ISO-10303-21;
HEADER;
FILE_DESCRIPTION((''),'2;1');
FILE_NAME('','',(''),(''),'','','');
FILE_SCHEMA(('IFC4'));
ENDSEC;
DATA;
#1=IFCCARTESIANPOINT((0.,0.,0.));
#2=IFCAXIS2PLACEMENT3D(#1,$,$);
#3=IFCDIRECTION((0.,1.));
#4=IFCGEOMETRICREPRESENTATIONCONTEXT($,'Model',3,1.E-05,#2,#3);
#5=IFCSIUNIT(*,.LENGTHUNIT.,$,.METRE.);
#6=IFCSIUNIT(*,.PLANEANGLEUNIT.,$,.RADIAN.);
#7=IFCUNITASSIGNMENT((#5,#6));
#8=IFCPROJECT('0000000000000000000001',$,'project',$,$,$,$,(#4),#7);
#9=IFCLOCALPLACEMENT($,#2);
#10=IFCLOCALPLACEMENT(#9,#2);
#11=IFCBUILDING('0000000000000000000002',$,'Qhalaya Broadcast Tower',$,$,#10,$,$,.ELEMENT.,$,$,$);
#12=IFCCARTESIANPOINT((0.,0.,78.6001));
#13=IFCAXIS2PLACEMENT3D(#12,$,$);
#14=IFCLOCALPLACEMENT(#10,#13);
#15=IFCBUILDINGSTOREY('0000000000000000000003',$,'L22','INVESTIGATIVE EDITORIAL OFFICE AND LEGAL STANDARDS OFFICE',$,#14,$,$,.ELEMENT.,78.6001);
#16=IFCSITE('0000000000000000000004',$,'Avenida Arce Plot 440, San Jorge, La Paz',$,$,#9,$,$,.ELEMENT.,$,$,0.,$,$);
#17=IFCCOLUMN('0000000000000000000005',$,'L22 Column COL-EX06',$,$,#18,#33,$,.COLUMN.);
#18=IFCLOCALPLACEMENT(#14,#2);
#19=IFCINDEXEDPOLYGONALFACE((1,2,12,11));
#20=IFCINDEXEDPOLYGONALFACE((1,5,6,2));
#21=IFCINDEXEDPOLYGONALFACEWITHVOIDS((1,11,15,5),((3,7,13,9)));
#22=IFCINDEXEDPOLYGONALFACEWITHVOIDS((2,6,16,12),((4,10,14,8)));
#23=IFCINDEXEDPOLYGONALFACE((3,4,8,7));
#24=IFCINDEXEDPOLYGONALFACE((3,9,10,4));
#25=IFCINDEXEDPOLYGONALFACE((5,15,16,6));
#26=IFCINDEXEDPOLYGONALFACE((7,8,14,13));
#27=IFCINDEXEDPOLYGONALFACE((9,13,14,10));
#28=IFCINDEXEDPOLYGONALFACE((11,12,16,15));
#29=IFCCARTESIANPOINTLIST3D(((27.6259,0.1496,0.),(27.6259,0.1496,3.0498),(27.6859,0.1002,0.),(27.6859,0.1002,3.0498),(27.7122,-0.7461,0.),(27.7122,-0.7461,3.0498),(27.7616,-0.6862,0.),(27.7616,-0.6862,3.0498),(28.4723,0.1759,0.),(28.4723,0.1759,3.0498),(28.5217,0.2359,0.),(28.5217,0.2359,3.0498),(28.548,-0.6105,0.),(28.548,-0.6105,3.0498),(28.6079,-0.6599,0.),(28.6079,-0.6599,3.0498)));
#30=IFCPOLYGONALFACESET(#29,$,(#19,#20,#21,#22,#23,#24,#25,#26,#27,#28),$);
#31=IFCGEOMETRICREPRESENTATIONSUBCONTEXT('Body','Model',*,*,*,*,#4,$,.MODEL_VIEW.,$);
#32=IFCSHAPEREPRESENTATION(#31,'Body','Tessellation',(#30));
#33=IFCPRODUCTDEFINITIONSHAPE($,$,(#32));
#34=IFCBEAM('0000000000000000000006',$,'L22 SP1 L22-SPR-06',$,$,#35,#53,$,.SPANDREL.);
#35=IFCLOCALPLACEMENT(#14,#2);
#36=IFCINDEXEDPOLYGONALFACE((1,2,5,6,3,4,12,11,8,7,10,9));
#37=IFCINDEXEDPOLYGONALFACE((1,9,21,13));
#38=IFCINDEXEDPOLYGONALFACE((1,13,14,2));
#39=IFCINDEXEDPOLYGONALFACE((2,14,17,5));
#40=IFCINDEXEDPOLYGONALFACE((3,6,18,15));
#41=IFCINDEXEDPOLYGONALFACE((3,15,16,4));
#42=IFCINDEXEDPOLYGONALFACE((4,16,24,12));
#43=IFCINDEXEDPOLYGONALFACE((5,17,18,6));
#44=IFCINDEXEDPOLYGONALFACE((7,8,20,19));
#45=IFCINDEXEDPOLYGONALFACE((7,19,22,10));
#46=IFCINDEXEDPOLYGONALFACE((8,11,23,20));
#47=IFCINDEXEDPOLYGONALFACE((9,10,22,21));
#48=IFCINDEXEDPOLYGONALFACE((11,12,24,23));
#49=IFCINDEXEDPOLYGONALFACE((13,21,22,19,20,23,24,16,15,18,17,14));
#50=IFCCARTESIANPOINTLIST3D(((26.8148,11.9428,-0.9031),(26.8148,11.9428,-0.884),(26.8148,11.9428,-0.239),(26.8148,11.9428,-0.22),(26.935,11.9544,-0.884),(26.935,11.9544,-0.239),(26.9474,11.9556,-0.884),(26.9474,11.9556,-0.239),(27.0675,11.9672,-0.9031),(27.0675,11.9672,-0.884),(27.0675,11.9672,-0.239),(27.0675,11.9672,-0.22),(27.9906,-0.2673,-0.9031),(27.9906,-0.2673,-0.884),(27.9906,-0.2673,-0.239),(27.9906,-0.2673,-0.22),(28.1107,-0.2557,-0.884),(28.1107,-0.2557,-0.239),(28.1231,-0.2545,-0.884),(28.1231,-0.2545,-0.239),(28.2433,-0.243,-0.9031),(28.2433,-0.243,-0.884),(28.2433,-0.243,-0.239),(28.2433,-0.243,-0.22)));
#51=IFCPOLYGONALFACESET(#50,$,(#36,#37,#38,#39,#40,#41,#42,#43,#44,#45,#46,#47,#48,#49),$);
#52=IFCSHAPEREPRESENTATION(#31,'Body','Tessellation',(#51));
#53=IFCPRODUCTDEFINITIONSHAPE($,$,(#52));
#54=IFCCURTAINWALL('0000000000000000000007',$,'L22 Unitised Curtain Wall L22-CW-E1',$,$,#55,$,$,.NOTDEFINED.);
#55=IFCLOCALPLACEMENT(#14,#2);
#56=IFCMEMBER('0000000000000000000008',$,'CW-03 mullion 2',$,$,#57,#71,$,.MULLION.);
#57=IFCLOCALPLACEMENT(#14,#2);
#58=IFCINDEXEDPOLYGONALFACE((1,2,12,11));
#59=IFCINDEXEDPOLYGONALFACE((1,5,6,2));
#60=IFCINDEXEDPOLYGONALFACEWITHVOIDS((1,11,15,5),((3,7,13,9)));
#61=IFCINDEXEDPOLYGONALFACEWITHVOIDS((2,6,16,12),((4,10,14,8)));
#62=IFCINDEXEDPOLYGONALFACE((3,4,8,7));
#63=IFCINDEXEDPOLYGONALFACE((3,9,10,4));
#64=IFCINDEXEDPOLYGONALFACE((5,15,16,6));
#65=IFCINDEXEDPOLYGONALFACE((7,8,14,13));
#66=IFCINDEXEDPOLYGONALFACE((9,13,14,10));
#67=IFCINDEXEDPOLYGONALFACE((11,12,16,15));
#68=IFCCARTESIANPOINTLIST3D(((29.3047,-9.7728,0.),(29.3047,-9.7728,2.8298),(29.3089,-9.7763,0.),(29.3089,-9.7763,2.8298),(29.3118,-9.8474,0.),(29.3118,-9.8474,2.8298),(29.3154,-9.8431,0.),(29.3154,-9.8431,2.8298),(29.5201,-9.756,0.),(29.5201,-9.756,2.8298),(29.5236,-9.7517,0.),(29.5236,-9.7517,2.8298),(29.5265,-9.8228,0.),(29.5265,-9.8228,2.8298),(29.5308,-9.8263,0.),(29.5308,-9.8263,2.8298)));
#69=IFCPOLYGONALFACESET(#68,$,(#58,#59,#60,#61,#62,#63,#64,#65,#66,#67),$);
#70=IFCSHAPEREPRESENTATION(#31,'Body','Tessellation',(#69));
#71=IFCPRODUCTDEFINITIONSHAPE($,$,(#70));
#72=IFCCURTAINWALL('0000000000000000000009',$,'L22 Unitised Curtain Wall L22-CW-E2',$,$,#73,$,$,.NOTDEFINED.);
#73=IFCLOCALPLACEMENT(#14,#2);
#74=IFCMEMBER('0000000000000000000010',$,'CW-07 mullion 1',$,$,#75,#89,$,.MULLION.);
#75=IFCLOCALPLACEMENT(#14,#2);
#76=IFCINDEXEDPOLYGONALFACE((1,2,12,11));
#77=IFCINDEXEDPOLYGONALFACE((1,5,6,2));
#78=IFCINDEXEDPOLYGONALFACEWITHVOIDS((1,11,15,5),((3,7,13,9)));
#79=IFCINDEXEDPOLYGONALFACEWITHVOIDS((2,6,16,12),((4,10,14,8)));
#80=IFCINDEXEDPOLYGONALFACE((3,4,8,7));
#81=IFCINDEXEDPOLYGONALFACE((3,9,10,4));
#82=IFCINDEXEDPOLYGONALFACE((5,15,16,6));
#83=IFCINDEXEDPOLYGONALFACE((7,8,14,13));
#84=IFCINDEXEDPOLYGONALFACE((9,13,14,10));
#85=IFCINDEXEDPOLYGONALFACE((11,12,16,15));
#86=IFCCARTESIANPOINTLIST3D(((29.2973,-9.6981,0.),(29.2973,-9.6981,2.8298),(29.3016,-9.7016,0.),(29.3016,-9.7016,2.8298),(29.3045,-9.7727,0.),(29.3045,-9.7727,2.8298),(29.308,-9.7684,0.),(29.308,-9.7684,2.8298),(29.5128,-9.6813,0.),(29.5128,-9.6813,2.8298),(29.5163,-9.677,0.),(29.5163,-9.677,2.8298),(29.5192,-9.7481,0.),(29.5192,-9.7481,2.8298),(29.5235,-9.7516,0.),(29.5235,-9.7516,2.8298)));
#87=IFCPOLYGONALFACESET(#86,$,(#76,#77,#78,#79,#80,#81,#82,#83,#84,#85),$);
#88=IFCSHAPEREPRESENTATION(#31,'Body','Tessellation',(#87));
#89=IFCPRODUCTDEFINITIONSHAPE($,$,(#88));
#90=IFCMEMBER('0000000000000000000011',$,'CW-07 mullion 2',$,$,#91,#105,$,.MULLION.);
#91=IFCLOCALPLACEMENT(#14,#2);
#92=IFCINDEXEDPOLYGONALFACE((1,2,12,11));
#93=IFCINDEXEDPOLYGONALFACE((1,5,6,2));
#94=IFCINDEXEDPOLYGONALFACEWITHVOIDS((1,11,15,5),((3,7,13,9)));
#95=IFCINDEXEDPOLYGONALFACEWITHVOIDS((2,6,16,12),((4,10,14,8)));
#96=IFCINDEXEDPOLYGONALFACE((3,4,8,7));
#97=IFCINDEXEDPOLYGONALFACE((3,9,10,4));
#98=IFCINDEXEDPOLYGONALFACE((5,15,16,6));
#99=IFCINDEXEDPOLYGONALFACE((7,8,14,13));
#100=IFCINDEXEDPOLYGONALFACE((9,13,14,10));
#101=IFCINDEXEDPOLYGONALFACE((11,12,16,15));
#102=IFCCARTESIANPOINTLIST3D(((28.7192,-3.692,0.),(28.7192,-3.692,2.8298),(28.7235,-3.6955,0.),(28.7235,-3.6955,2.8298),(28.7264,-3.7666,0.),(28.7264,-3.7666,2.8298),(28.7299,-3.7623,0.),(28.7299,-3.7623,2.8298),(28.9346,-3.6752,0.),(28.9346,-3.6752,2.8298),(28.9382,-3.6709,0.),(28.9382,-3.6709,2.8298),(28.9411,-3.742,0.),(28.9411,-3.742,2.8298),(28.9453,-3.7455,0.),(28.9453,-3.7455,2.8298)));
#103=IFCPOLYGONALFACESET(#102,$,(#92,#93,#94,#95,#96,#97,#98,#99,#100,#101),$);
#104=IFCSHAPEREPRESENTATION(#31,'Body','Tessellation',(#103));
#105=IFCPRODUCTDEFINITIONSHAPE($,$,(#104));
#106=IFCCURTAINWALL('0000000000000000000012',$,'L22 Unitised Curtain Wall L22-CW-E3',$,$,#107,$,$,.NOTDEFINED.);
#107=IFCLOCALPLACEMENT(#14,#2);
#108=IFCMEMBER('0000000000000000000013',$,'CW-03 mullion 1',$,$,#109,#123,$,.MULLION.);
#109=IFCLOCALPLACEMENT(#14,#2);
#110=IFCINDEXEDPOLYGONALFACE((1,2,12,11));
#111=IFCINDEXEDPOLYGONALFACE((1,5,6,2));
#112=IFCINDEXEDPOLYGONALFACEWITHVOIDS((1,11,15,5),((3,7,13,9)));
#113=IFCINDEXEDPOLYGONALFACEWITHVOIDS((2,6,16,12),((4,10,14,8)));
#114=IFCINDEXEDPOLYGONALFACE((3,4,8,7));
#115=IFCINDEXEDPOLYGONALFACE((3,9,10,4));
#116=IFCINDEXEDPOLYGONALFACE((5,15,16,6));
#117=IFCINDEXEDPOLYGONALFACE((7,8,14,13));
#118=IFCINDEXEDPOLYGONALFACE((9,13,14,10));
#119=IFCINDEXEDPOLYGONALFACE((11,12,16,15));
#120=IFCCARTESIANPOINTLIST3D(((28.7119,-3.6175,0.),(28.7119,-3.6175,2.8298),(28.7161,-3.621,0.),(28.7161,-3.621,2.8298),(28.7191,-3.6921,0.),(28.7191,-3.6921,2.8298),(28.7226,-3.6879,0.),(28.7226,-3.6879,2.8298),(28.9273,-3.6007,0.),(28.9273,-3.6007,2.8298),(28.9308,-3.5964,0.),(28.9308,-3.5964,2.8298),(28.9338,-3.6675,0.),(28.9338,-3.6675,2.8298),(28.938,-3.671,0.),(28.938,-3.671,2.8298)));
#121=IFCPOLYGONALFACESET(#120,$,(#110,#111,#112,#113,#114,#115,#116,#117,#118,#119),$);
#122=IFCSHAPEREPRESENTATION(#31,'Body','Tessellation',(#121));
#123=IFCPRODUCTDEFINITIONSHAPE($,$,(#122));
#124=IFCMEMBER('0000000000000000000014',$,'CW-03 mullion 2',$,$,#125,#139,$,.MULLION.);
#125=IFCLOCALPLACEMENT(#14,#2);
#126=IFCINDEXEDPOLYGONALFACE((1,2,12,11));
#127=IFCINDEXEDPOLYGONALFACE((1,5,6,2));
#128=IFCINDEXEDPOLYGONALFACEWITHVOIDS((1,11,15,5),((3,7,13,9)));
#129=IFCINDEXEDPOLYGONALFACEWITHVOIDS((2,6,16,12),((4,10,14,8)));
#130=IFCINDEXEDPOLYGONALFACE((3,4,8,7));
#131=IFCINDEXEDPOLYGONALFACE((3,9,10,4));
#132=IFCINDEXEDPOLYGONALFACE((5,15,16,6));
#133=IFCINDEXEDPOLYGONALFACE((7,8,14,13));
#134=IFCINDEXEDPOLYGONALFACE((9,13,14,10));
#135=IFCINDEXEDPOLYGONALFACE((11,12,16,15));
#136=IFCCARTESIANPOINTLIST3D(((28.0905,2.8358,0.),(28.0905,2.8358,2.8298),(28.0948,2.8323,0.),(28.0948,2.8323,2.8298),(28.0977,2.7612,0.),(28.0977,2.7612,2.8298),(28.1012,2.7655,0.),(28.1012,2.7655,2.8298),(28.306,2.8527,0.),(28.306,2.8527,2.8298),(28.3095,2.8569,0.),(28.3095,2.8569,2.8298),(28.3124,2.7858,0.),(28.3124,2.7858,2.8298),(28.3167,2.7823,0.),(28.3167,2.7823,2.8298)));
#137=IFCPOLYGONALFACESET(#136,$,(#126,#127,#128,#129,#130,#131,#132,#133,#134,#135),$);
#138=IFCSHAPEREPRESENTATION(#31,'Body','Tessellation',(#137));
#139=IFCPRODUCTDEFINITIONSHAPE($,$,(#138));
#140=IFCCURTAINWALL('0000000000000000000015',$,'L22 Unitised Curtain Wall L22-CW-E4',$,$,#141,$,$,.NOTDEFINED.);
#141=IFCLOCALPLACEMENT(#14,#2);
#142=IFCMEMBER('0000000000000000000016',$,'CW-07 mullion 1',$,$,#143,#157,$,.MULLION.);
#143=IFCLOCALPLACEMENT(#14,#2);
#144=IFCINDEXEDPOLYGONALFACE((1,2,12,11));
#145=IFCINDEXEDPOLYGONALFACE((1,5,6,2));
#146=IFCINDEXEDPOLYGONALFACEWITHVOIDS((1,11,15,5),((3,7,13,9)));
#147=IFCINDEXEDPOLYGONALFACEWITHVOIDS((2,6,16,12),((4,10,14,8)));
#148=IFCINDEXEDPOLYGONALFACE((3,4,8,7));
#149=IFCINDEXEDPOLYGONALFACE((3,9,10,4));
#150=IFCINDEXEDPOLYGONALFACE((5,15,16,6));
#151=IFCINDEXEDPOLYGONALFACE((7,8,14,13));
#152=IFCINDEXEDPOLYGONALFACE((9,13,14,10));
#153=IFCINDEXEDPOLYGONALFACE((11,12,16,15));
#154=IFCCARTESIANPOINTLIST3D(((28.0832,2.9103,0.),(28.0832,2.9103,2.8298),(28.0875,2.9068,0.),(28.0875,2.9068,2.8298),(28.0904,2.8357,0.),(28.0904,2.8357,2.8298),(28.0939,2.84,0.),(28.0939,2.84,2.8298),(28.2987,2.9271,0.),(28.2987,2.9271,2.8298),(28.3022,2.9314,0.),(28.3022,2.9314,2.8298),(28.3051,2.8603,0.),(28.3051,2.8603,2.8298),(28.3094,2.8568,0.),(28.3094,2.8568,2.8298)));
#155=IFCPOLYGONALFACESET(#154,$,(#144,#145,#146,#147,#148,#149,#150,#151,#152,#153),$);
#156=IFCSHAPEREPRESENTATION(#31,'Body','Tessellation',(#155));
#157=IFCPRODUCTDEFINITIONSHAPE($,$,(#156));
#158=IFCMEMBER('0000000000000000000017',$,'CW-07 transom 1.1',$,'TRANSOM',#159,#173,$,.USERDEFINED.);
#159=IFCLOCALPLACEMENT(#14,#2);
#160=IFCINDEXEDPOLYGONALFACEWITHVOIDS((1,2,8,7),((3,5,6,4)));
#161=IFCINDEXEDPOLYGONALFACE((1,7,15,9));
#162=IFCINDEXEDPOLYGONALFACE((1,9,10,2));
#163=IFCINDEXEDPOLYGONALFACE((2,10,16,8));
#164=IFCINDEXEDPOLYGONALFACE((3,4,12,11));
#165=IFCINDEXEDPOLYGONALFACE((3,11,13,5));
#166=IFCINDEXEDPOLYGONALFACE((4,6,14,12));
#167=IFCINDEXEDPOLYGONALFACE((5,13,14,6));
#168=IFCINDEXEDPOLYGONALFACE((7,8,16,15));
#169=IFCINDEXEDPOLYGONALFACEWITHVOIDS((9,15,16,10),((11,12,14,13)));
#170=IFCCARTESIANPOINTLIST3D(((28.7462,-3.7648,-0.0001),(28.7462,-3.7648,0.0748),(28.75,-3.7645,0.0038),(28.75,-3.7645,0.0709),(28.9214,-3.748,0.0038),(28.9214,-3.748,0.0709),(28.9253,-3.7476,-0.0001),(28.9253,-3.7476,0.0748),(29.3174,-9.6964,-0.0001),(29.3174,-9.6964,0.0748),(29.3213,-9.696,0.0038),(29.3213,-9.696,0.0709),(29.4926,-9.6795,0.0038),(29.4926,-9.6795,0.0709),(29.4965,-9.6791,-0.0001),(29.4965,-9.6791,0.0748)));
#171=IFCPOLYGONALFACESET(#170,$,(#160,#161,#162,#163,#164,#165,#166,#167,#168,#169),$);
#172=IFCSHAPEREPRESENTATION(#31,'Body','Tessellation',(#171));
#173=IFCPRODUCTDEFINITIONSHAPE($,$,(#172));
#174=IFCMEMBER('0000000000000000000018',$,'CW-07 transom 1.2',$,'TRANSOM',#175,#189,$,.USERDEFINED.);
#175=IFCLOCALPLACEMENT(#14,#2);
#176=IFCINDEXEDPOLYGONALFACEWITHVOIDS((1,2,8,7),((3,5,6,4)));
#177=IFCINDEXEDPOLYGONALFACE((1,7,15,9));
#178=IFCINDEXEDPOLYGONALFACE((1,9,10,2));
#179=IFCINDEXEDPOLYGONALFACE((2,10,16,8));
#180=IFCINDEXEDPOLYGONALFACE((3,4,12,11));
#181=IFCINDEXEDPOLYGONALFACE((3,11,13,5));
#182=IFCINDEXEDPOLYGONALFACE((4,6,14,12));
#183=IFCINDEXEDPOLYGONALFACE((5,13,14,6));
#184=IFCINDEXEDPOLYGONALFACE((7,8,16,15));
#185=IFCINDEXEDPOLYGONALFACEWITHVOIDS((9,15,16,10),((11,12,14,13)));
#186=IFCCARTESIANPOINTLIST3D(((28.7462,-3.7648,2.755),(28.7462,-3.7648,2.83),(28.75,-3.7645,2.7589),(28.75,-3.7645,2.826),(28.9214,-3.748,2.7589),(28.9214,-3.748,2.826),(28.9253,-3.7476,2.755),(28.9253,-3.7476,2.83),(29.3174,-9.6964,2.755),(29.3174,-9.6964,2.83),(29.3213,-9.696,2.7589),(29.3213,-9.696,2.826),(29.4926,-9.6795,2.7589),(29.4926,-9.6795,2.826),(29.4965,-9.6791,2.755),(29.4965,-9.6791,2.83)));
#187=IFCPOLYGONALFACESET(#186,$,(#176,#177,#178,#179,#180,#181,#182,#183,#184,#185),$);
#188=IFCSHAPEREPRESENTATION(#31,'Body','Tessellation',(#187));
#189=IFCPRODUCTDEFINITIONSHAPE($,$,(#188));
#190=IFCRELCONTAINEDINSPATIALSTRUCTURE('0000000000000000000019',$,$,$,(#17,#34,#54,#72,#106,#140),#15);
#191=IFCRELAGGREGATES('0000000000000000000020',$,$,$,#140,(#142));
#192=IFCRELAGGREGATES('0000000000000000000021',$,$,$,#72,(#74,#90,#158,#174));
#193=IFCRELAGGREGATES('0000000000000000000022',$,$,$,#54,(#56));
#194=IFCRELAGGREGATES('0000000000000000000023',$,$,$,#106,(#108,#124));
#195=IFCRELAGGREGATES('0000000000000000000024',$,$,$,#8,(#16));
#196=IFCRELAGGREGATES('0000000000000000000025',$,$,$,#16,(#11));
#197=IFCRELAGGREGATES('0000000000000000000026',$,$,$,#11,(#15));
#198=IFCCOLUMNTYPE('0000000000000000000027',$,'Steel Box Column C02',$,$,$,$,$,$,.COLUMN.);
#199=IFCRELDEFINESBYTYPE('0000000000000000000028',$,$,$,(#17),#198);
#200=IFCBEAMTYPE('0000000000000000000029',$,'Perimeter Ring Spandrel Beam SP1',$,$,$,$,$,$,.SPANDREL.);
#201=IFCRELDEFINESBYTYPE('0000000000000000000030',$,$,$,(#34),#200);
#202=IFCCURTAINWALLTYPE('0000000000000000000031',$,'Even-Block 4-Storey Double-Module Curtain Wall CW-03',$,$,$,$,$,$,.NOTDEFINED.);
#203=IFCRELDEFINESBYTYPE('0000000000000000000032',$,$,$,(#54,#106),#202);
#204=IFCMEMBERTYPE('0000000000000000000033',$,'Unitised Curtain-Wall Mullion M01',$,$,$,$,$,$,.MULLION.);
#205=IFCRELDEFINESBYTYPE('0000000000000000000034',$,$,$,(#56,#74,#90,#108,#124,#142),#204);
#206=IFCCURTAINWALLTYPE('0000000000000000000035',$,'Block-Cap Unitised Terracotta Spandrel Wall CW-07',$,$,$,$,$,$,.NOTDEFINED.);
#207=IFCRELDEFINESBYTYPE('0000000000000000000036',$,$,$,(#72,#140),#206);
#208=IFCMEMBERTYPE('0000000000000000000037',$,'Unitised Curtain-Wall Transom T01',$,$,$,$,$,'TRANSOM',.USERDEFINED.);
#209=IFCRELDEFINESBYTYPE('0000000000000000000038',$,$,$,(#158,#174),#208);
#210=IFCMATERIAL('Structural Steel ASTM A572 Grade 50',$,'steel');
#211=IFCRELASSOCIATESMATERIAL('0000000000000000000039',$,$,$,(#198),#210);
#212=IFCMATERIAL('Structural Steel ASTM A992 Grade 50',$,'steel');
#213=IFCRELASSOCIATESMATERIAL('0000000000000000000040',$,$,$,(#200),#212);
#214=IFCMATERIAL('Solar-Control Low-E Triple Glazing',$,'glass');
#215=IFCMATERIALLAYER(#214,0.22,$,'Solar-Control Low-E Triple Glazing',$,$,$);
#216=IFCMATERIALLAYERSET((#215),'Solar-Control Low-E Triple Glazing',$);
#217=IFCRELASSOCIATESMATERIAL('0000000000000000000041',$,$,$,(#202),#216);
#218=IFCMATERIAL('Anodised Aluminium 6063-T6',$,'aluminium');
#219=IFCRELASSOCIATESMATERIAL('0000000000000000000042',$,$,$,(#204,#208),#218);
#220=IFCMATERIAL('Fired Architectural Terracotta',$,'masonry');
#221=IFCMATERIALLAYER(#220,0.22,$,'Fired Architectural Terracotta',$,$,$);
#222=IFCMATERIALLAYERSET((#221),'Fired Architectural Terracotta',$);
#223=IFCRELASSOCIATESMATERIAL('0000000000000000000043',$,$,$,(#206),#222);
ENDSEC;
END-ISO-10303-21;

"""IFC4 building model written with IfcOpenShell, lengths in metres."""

from ifc_helpers import new_model, si_unit, direction, frame, origin, origin_2d, place, context, subcontext, project, spatial, hollow_rectangle, i_section, extrude, material, layer, layer_set, material_profile, profile_set, type_object, element, aggregate, save


model = new_model("IFC4")

# Units and contexts
model_context = context("Model", 3, precision=1e-05, world=origin(), true_north=direction((0.0, 1.0)))
body_context = subcontext(model_context, "Body", "Model", "MODEL_VIEW")
ifc_project = project(units=[si_unit("LENGTHUNIT", "METRE"), si_unit("PLANEANGLEUNIT", "RADIAN")], contexts=[model_context])

# Site, building, storey
site_placement = place(None, origin())
site = spatial("IfcSite", under=ifc_project, at=site_placement, Name="Avenida Arce Plot 440, San Jorge, La Paz", CompositionType="ELEMENT", RefElevation=0.0)
building_placement = place(site_placement, origin())
building = spatial("IfcBuilding", under=site, at=building_placement, Name="Qhalaya Broadcast Tower", CompositionType="ELEMENT")
storey_placement = place(building_placement, frame((0.0, 0.0, 78.6001)))
storey = spatial("IfcBuildingStorey", under=building, at=storey_placement, Name="L22", Description="INVESTIGATIVE EDITORIAL OFFICE AND LEGAL STANDARDS OFFICE", CompositionType="ELEMENT", Elevation=78.6001)

# Column
ifc_material_1 = material(Name="Structural Steel ASTM A572 Grade 50", Category="steel")
ifc_material_profile_1 = material_profile(ifc_material_1, hollow_rectangle(XDim=0.8999, YDim=0.8999, WallThickness=0.0549, at=origin_2d()), Name="BOX 900x900x55")
ifc_profile_set_1 = profile_set([ifc_material_profile_1], Name="Structural Steel ASTM A572 Grade 50")
column_type = type_object("IfcColumnType", Name="Steel Box Column C02", PredefinedType="COLUMN", material=ifc_profile_set_1)
column_placement = place(storey_placement, frame((28.1169, -0.2551, 0.0), z_axis=(0.0, 0.0, 1.0), x_axis=(-0.095846, 0.995396, 0.0)))
element("IfcColumn", 1, at=column_placement, inside=storey, type_object=column_type, Name="L22 Column COL-EX06", PredefinedType="COLUMN", context=body_context, shape_type="SweptSolid", body=[
    extrude(hollow_rectangle(XDim=0.8999, YDim=0.8999, WallThickness=0.0549, at=origin_2d()), origin(), (0.0, 0.0, 1.0), 3.0498),
])

# Beam
ifc_material_2 = material(Name="Structural Steel ASTM A992 Grade 50", Category="steel")
ifc_material_profile_2 = material_profile(ifc_material_2, i_section(OverallWidth=0.2539, OverallDepth=0.6831, WebThickness=0.0125, FlangeThickness=0.019, at=origin_2d()), Name="W27X94")
ifc_profile_set_2 = profile_set([ifc_material_profile_2], Name="Structural Steel ASTM A992 Grade 50")
beam_type = type_object("IfcBeamType", Name="Perimeter Ring Spandrel Beam SP1", PredefinedType="SPANDREL", material=ifc_profile_set_2)
beam_placement = place(storey_placement, frame((28.1169, -0.2551, -0.5615), z_axis=(-0.095852, 0.995396, 0.0), x_axis=(-0.995396, -0.095852, 0.0)))
element("IfcBeam", 2, at=beam_placement, inside=storey, type_object=beam_type, Name="L22 SP1 L22-SPR-06", PredefinedType="SPANDREL", context=body_context, shape_type="SweptSolid", body=[
    extrude(i_section(OverallWidth=0.2539, OverallDepth=0.6831, WebThickness=0.0125, FlangeThickness=0.019, at=origin_2d()), origin(), (0.0, 0.0, 1.0), 12.2666),
])

# Curtain wall, member
ifc_material_3 = material(Name="Solar-Control Low-E Triple Glazing", Category="glass")
ifc_layer_1 = layer(ifc_material_3, 0.22, Name="Solar-Control Low-E Triple Glazing")
ifc_layer_set_1 = layer_set([ifc_layer_1], Name="Solar-Control Low-E Triple Glazing")
curtain_wall_type_1 = type_object("IfcCurtainWallType", Name="Even-Block 4-Storey Double-Module Curtain Wall CW-03", PredefinedType="NOTDEFINED", material=ifc_layer_set_1)
curtain_wall_1_placement = place(storey_placement, origin())
curtain_wall_1 = element("IfcCurtainWall", 3, at=curtain_wall_1_placement, inside=storey, type_object=curtain_wall_type_1, Name="L22 Unitised Curtain Wall L22-CW-E1", PredefinedType="NOTDEFINED")
ifc_material_4 = material(Name="Anodised Aluminium 6063-T6", Category="aluminium")
ifc_material_profile_3 = material_profile(ifc_material_4, hollow_rectangle(XDim=0.075, YDim=0.22, WallThickness=0.0039, at=origin_2d()), Name="ALU-MUL 75x220x4")
ifc_profile_set_3 = profile_set([ifc_material_profile_3], Name="Anodised Aluminium 6063-T6")
member_type_1 = type_object("IfcMemberType", Name="Unitised Curtain-Wall Mullion M01", PredefinedType="MULLION", material=ifc_profile_set_3)
member_1_placement = place(storey_placement, frame((29.4177, -9.7996, 0.0), z_axis=(0.0, 0.0, 1.0), x_axis=(-0.095858, 0.995395, 0.0)))
member_1 = element("IfcMember", 4, at=member_1_placement, type_object=member_type_1, Name="CW-03 mullion 2", PredefinedType="MULLION", context=body_context, shape_type="SweptSolid", body=[
    extrude(hollow_rectangle(XDim=0.075, YDim=0.22, WallThickness=0.0039, at=origin_2d()), origin(), (0.0, 0.0, 1.0), 2.8298),
])

# Curtain walls, members
ifc_material_5 = material(Name="Fired Architectural Terracotta", Category="masonry")
ifc_layer_2 = layer(ifc_material_5, 0.22, Name="Fired Architectural Terracotta")
ifc_layer_set_2 = layer_set([ifc_layer_2], Name="Fired Architectural Terracotta")
curtain_wall_type_2 = type_object("IfcCurtainWallType", Name="Block-Cap Unitised Terracotta Spandrel Wall CW-07", PredefinedType="NOTDEFINED", material=ifc_layer_set_2)
curtain_wall_2_placement = place(storey_placement, origin())
curtain_wall_2 = element("IfcCurtainWall", 5, at=curtain_wall_2_placement, inside=storey, type_object=curtain_wall_type_2, Name="L22 Unitised Curtain Wall L22-CW-E2", PredefinedType="NOTDEFINED")
member_2_placement = place(storey_placement, frame((29.4104, -9.7249, 0.0), z_axis=(0.0, 0.0, 1.0), x_axis=(-0.095843, 0.995396, 0.0)))
member_2 = element("IfcMember", 6, at=member_2_placement, type_object=member_type_1, Name="CW-07 mullion 1", PredefinedType="MULLION", context=body_context, shape_type="SweptSolid", body=[
    extrude(hollow_rectangle(XDim=0.075, YDim=0.22, WallThickness=0.0039, at=origin_2d()), origin(), (0.0, 0.0, 1.0), 2.8298),
])
member_3_placement = place(storey_placement, frame((28.8323, -3.7188, 0.0), z_axis=(0.0, 0.0, 1.0), x_axis=(-0.095843, 0.995396, 0.0)))
member_3 = element("IfcMember", 7, at=member_3_placement, type_object=member_type_1, Name="CW-07 mullion 2", PredefinedType="MULLION", context=body_context, shape_type="SweptSolid", body=[
    extrude(hollow_rectangle(XDim=0.075, YDim=0.22, WallThickness=0.0039, at=origin_2d()), origin(), (0.0, 0.0, 1.0), 2.8298),
])
curtain_wall_3_placement = place(storey_placement, origin())
curtain_wall_3 = element("IfcCurtainWall", 8, at=curtain_wall_3_placement, inside=storey, type_object=curtain_wall_type_1, Name="L22 Unitised Curtain Wall L22-CW-E3", PredefinedType="NOTDEFINED")
member_4_placement = place(storey_placement, frame((28.825, -3.6443, 0.0), z_axis=(0.0, 0.0, 1.0), x_axis=(-0.095852, 0.995396, 0.0)))
member_4 = element("IfcMember", 9, at=member_4_placement, type_object=member_type_1, Name="CW-03 mullion 1", PredefinedType="MULLION", context=body_context, shape_type="SweptSolid", body=[
    extrude(hollow_rectangle(XDim=0.075, YDim=0.22, WallThickness=0.0039, at=origin_2d()), origin(), (0.0, 0.0, 1.0), 2.8298),
])
member_5_placement = place(storey_placement, frame((28.2036, 2.8091, 0.0), z_axis=(0.0, 0.0, 1.0), x_axis=(-0.095852, 0.995396, 0.0)))
member_5 = element("IfcMember", 10, at=member_5_placement, type_object=member_type_1, Name="CW-03 mullion 2", PredefinedType="MULLION", context=body_context, shape_type="SweptSolid", body=[
    extrude(hollow_rectangle(XDim=0.075, YDim=0.22, WallThickness=0.0039, at=origin_2d()), origin(), (0.0, 0.0, 1.0), 2.8298),
])

# Curtain wall, member
curtain_wall_4_placement = place(storey_placement, origin())
curtain_wall_4 = element("IfcCurtainWall", 11, at=curtain_wall_4_placement, inside=storey, type_object=curtain_wall_type_2, Name="L22 Unitised Curtain Wall L22-CW-E4", PredefinedType="NOTDEFINED")
member_6_placement = place(storey_placement, frame((28.1963, 2.8835, 0.0), z_axis=(0.0, 0.0, 1.0), x_axis=(-0.095841, 0.995397, 0.0)))
member_6 = element("IfcMember", 12, at=member_6_placement, type_object=member_type_1, Name="CW-07 mullion 1", PredefinedType="MULLION", context=body_context, shape_type="SweptSolid", body=[
    extrude(hollow_rectangle(XDim=0.075, YDim=0.22, WallThickness=0.0039, at=origin_2d()), origin(), (0.0, 0.0, 1.0), 2.8298),
])
aggregate(curtain_wall_4, [member_6])

# Members
ifc_material_profile_4 = material_profile(ifc_material_4, hollow_rectangle(XDim=0.075, YDim=0.1799, WallThickness=0.0039, at=origin_2d()), Name="ALU-TRN 75x180x4")
ifc_profile_set_4 = profile_set([ifc_material_profile_4], Name="Anodised Aluminium 6063-T6")
member_type_2 = type_object("IfcMemberType", Name="Unitised Curtain-Wall Transom T01", ElementType="TRANSOM", PredefinedType="USERDEFINED", material=ifc_profile_set_4)
member_7_placement = place(storey_placement, frame((29.407, -9.6877, 0.0374), z_axis=(-0.095869, 0.995394, 0.0), x_axis=(0.0, 0.0, 1.0)))
member_7 = element("IfcMember", 13, at=member_7_placement, type_object=member_type_2, Name="CW-07 transom 1.1", ObjectType="TRANSOM", PredefinedType="USERDEFINED", context=body_context, shape_type="SweptSolid", body=[
    extrude(hollow_rectangle(XDim=0.075, YDim=0.1799, WallThickness=0.0039, at=origin_2d()), origin(), (0.0, 0.0, 1.0), 5.959),
])
member_8_placement = place(storey_placement, frame((29.407, -9.6877, 2.7925), z_axis=(-0.095869, 0.995394, 0.0), x_axis=(0.0, 0.0, 1.0)))
member_8 = element("IfcMember", 14, at=member_8_placement, type_object=member_type_2, Name="CW-07 transom 1.2", ObjectType="TRANSOM", PredefinedType="USERDEFINED", context=body_context, shape_type="SweptSolid", body=[
    extrude(hollow_rectangle(XDim=0.075, YDim=0.1799, WallThickness=0.0039, at=origin_2d()), origin(), (0.0, 0.0, 1.0), 5.959),
])

aggregate(curtain_wall_2, [member_2, member_3, member_7, member_8])
aggregate(curtain_wall_1, [member_1])
aggregate(curtain_wall_3, [member_4, member_5])

save(model, "model.ifc")
